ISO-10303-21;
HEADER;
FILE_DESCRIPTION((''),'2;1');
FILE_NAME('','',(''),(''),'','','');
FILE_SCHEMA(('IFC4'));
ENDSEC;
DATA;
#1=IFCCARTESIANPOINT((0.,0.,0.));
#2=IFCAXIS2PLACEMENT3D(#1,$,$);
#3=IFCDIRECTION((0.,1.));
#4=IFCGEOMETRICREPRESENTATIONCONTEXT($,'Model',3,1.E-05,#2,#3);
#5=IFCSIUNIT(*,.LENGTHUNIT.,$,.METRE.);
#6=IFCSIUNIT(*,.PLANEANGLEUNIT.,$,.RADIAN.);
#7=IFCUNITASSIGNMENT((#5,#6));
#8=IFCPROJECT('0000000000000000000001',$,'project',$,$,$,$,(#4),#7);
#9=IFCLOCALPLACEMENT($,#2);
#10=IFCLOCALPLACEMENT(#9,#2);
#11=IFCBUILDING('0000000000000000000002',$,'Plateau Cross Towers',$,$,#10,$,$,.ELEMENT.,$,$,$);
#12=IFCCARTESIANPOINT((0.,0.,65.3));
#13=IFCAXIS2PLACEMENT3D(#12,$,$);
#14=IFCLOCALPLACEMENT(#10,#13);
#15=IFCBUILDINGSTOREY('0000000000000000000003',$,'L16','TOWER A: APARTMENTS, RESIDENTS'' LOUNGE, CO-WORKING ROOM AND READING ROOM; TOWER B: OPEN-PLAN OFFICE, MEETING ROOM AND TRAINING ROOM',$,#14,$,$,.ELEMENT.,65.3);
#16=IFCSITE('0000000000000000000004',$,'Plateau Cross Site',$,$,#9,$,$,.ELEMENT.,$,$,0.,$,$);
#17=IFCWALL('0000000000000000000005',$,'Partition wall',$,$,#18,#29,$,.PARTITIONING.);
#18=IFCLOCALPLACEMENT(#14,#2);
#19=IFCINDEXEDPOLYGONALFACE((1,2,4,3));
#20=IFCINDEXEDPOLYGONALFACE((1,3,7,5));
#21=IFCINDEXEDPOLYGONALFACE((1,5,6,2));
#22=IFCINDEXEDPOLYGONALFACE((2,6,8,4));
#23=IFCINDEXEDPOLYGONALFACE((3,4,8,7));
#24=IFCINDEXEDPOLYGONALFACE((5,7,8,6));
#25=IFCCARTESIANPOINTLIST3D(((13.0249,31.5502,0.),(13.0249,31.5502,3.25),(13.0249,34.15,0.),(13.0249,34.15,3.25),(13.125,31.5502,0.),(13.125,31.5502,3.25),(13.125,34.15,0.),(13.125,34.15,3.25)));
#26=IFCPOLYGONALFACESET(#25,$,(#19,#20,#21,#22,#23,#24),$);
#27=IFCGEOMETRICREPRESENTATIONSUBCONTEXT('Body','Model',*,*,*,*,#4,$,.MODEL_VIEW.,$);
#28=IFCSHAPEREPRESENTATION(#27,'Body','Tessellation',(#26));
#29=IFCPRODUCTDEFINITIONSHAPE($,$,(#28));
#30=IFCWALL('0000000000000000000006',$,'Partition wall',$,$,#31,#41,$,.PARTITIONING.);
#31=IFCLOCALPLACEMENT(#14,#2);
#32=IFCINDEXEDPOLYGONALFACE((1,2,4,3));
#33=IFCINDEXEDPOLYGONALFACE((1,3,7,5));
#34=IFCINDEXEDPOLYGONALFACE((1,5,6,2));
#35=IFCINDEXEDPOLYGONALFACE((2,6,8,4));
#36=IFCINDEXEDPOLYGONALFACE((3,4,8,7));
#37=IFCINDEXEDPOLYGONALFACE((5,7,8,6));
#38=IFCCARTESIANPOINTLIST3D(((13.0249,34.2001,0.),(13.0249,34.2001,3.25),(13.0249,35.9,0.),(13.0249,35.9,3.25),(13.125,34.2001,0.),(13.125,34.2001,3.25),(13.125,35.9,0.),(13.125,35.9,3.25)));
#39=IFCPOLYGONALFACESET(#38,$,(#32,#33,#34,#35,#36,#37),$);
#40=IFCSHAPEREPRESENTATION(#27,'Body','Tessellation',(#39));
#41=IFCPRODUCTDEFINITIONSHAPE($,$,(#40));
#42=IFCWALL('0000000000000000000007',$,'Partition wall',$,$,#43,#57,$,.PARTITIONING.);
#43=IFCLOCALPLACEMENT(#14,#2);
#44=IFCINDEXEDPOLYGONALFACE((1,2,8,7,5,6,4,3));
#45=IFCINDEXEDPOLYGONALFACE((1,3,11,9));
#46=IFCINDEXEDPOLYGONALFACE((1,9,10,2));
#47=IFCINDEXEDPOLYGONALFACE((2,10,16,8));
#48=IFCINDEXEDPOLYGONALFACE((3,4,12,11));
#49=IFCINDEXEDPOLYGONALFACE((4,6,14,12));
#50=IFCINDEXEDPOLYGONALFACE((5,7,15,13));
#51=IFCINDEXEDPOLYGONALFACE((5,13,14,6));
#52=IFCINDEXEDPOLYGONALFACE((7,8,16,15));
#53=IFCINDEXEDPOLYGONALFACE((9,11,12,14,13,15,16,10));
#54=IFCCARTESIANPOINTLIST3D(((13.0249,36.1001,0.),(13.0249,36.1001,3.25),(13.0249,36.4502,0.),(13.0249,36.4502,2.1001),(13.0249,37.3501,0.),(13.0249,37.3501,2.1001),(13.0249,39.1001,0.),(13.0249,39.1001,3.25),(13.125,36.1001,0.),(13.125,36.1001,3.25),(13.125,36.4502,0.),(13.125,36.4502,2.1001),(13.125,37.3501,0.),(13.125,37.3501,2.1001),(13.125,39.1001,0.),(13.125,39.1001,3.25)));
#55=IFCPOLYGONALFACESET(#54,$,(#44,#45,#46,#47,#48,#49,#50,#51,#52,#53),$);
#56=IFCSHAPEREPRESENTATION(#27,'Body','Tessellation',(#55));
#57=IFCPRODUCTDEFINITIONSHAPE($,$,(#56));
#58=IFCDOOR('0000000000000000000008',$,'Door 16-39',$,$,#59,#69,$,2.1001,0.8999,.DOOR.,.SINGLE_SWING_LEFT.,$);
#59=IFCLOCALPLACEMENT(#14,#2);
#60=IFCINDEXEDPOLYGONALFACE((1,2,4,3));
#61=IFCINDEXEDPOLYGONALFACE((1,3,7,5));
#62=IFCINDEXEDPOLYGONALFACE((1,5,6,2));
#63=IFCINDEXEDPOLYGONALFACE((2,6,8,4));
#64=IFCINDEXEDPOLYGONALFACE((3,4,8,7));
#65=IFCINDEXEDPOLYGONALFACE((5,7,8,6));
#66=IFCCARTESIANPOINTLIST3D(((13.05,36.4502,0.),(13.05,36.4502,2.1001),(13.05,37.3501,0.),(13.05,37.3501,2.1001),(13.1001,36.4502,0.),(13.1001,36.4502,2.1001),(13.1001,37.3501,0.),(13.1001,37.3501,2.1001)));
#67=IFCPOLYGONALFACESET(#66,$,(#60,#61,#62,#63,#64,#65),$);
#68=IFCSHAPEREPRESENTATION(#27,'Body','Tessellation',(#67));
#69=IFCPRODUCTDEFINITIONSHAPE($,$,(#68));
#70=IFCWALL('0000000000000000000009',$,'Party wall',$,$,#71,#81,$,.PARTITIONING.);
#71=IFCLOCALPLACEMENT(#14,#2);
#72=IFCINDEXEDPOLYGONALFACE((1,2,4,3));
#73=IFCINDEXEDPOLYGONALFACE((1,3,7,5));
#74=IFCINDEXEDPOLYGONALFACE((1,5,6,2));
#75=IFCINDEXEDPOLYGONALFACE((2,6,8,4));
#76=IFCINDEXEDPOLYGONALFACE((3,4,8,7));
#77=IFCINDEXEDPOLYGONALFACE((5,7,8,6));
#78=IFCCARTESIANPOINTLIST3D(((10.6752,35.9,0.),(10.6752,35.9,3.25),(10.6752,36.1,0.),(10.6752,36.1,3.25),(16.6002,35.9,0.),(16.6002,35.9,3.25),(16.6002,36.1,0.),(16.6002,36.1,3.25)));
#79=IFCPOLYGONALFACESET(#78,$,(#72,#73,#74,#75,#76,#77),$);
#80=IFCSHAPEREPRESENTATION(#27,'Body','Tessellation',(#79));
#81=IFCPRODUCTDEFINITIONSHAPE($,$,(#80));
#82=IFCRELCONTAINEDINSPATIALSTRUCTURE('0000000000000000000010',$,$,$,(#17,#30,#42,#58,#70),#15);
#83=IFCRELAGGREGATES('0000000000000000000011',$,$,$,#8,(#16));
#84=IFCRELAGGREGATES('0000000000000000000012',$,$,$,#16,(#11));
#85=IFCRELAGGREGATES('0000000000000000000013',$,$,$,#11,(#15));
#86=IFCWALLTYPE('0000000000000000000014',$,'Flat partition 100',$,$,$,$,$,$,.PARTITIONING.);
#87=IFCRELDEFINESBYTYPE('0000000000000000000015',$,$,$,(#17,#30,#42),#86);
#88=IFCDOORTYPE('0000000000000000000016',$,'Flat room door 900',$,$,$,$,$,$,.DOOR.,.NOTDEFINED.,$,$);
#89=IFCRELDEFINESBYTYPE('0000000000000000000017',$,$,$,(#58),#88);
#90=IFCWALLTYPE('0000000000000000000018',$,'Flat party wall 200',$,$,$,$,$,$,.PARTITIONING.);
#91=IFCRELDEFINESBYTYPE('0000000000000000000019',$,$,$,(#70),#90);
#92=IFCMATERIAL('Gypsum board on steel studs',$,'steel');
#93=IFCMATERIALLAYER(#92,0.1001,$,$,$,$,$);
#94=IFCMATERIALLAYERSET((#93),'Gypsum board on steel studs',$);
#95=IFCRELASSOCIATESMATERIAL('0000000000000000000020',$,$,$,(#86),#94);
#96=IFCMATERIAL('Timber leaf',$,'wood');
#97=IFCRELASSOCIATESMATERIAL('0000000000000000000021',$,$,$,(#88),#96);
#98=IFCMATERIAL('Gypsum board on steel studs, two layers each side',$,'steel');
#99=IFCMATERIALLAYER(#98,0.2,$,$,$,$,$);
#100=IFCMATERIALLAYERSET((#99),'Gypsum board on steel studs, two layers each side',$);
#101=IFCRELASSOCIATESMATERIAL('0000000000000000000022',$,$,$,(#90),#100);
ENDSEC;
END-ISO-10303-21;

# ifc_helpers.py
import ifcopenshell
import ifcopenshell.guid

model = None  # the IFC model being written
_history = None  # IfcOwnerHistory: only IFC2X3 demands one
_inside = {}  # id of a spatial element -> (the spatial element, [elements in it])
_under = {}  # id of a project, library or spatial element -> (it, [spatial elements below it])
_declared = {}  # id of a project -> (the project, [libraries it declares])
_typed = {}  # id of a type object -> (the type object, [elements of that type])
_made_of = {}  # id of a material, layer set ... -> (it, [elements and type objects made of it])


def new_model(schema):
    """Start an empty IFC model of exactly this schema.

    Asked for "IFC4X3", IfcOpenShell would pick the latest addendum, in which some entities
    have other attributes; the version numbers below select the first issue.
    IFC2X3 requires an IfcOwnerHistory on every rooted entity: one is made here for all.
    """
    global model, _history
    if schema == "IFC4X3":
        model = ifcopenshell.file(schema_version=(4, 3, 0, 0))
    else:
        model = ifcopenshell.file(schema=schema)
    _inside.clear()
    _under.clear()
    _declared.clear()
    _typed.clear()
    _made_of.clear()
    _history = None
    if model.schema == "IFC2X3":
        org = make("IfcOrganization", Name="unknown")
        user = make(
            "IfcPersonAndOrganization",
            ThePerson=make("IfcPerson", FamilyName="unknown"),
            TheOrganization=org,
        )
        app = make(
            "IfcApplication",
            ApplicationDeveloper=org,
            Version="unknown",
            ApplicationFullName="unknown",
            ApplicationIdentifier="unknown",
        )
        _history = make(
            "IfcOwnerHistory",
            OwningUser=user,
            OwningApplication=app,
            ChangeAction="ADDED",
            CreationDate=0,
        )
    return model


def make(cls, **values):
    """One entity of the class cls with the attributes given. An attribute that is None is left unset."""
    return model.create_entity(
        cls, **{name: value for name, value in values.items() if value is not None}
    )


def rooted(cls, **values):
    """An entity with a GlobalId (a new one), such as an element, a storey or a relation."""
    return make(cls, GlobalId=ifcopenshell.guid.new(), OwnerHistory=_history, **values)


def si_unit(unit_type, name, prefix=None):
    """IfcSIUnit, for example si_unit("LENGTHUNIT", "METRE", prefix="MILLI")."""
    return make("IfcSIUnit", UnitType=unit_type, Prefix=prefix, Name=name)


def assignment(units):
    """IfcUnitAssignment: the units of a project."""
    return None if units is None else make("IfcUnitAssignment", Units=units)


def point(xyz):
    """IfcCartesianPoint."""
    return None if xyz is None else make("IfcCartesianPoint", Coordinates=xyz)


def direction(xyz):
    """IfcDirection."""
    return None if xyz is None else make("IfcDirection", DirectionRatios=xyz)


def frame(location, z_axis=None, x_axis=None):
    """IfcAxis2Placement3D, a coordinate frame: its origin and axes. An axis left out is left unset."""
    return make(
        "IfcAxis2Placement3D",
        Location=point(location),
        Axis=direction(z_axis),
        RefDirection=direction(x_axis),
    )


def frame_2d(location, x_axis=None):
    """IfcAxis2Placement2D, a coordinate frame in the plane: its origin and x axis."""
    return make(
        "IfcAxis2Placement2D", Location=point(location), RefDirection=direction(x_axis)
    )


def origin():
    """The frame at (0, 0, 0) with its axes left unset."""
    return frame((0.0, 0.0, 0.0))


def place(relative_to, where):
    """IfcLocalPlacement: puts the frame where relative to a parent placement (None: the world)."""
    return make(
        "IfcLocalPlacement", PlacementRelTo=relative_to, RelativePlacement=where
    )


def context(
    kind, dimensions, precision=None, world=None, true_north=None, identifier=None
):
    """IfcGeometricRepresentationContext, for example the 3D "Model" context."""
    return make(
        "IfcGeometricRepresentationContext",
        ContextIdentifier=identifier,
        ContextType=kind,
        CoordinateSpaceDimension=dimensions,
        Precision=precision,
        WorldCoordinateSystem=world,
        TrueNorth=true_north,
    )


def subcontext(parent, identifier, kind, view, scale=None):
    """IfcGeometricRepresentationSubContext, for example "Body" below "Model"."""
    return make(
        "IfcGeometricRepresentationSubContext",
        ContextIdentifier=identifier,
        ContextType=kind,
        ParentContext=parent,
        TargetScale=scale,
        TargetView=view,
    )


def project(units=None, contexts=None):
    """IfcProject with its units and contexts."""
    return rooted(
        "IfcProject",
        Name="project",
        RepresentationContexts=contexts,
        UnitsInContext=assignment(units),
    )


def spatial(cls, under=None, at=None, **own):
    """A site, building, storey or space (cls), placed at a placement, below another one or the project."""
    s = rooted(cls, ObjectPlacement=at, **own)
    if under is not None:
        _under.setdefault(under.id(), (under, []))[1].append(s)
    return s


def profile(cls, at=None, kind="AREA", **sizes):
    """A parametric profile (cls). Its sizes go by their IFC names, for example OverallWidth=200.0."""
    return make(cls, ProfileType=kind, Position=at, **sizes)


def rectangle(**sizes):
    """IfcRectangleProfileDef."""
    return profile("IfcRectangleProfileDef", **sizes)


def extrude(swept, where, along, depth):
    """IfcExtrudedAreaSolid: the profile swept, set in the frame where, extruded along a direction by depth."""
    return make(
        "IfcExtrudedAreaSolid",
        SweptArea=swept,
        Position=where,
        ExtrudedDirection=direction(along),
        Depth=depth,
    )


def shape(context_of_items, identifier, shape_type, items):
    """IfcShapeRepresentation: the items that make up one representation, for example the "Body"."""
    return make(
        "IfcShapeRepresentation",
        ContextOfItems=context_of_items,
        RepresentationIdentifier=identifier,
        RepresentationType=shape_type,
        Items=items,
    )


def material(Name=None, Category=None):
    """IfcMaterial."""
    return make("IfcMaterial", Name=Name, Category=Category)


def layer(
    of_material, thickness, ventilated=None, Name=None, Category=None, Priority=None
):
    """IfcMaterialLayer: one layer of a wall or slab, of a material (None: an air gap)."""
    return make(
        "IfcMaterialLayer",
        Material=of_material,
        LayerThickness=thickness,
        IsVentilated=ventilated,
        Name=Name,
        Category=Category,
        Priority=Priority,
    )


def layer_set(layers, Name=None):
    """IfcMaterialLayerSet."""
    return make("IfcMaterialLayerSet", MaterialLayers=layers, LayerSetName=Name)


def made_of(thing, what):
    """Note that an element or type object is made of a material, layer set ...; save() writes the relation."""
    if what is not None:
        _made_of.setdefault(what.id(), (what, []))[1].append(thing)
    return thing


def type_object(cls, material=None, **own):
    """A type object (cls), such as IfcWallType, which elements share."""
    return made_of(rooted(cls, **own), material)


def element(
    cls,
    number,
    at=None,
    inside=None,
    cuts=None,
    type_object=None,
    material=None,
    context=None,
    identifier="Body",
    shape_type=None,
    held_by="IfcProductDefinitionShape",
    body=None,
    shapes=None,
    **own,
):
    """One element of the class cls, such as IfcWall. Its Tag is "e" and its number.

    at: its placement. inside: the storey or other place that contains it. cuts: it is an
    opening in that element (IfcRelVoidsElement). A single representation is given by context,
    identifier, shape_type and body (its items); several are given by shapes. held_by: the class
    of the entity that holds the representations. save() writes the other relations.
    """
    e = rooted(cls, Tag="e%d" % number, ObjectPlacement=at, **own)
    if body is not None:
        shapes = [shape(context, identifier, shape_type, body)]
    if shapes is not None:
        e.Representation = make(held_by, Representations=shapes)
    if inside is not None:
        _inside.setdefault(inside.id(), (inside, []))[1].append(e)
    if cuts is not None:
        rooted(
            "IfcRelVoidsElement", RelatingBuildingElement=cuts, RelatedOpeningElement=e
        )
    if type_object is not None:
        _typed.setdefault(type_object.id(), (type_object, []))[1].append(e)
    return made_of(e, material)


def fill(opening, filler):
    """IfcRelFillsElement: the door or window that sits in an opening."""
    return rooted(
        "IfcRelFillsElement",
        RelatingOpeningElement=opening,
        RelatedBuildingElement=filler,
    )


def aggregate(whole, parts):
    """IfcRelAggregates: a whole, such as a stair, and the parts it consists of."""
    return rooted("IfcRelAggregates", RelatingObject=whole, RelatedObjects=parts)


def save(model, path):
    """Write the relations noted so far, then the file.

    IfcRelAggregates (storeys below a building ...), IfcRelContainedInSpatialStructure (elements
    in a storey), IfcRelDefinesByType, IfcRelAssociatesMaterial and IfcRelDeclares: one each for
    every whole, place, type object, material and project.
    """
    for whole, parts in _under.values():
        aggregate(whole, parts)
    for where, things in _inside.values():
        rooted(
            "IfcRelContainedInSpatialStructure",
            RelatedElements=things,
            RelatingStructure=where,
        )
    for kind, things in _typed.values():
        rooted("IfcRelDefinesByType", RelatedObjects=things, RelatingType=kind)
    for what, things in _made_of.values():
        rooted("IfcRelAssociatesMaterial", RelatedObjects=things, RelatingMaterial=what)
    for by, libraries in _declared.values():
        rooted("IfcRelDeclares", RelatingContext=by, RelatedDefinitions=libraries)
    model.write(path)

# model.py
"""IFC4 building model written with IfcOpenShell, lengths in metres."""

from ifc_helpers import new_model, si_unit, direction, frame, frame_2d, origin, place, context, subcontext, project, spatial, rectangle, extrude, material, layer, layer_set, type_object, element, fill, save


model = new_model("IFC4")

# Units and contexts
model_context = context("Model", 3, precision=1e-05, world=origin(), true_north=direction((0.0, 1.0)))
body_context = subcontext(model_context, "Body", "Model", "MODEL_VIEW")
ifc_project = project(units=[si_unit("LENGTHUNIT", "METRE"), si_unit("PLANEANGLEUNIT", "RADIAN")], contexts=[model_context])

# Site, building, storey
site_placement = place(None, origin())
site = spatial("IfcSite", under=ifc_project, at=site_placement, Name="Plateau Cross Site", CompositionType="ELEMENT", RefElevation=0.0)
building_placement = place(site_placement, origin())
building = spatial("IfcBuilding", under=site, at=building_placement, Name="Plateau Cross Towers", CompositionType="ELEMENT")
storey_placement = place(building_placement, frame((0.0, 0.0, 65.3)))
storey = spatial("IfcBuildingStorey", under=building, at=storey_placement, Name="L16", Description="TOWER A: APARTMENTS, RESIDENTS' LOUNGE, CO-WORKING ROOM AND READING ROOM; TOWER B: OPEN-PLAN OFFICE, MEETING ROOM AND TRAINING ROOM", CompositionType="ELEMENT", Elevation=65.3)

# Shared definitions
ifc_material_1 = material(Name="Gypsum board on steel studs", Category="steel")
ifc_layer_1 = layer(ifc_material_1, 0.1001)
ifc_layer_set_1 = layer_set([ifc_layer_1], Name="Gypsum board on steel studs")
wall_type_1 = type_object("IfcWallType", Name="Flat partition 100", PredefinedType="PARTITIONING", material=ifc_layer_set_1)
ifc_material_2 = material(Name="Timber leaf", Category="wood")
door_type_1 = type_object("IfcDoorType", Name="Flat room door 900", OperationType="NOTDEFINED", PredefinedType="DOOR", material=ifc_material_2)

# Walls
wall_1_placement = place(storey_placement, frame((13.075, 34.1499, 0.0), z_axis=(0.0, 0.0, 1.0), x_axis=(0.0, -1.0, 0.0)))
element("IfcWall", 1, at=wall_1_placement, inside=storey, type_object=wall_type_1, Name="Partition wall", PredefinedType="PARTITIONING", context=body_context, shape_type="SweptSolid", body=[
    extrude(rectangle(XDim=2.5999, YDim=0.1001, at=frame_2d((1.2998, 0.0))), origin(), (0.0, 0.0, 1.0), 3.25),
])
wall_2_placement = place(storey_placement, frame((13.075, 34.2, 0.0), z_axis=(0.0, 0.0, 1.0), x_axis=(0.0, 1.0, 0.0)))
element("IfcWall", 2, at=wall_2_placement, inside=storey, type_object=wall_type_1, Name="Partition wall", PredefinedType="PARTITIONING", context=body_context, shape_type="SweptSolid", body=[
    extrude(rectangle(XDim=1.7, YDim=0.1001, at=frame_2d((0.8501, 0.0))), origin(), (0.0, 0.0, 1.0), 3.25),
])

# Wall, opening, door
wall_3_placement = place(storey_placement, frame((13.075, 36.1001, 0.0), z_axis=(0.0, 0.0, 1.0), x_axis=(0.0, 1.0, 0.0)))
wall_3 = element("IfcWall", 3, at=wall_3_placement, inside=storey, type_object=wall_type_1, Name="Partition wall", PredefinedType="PARTITIONING", context=body_context, shape_type="SweptSolid", body=[
    extrude(rectangle(XDim=3.0, YDim=0.1001, at=frame_2d((1.5, 0.0))), origin(), (0.0, 0.0, 1.0), 3.25),
])
opening_1_placement = place(wall_3_placement, frame((0.3501, 0.0, 0.0)))
opening_1 = element("IfcOpeningElement", 4, at=opening_1_placement, cuts=wall_3, PredefinedType="OPENING", context=body_context, shape_type="SweptSolid", body=[
    extrude(rectangle(XDim=0.8999, YDim=2.1001, at=frame_2d((0.45, 1.05))), frame((0.0, 0.0601, 0.0), z_axis=(0.0, -1.0, 0.0), x_axis=(1.0, 0.0, 0.0)), (0.0, 0.0, 1.0), 0.1201),
])
door_1_placement = place(opening_1_placement, origin())
door_1 = element("IfcDoor", 5, at=door_1_placement, inside=storey, type_object=door_type_1, Name="Door 16-39", OperationType="SINGLE_SWING_LEFT", OverallHeight=2.1001, OverallWidth=0.8999, PredefinedType="DOOR", context=body_context, shape_type="SweptSolid", body=[
    extrude(rectangle(XDim=0.8999, YDim=2.1001, at=frame_2d((0.45, 1.05))), frame((0.0, 0.0249, 0.0), z_axis=(0.0, -1.0, 0.0), x_axis=(1.0, 0.0, 0.0)), (0.0, 0.0, 1.0), 0.05),
])
fill(opening_1, door_1)

# Wall
ifc_material_3 = material(Name="Gypsum board on steel studs, two layers each side", Category="steel")
ifc_layer_2 = layer(ifc_material_3, 0.2)
ifc_layer_set_2 = layer_set([ifc_layer_2], Name="Gypsum board on steel studs, two layers each side")
wall_type_2 = type_object("IfcWallType", Name="Flat party wall 200", PredefinedType="PARTITIONING", material=ifc_layer_set_2)
wall_4_placement = place(storey_placement, frame((16.6001, 36.0, 0.0), z_axis=(0.0, 0.0, 1.0), x_axis=(-1.0, 0.0, 0.0)))
element("IfcWall", 6, at=wall_4_placement, inside=storey, type_object=wall_type_2, Name="Party wall", PredefinedType="PARTITIONING", context=body_context, shape_type="SweptSolid", body=[
    extrude(rectangle(XDim=5.925, YDim=0.2, at=frame_2d((2.9624, 0.0))), origin(), (0.0, 0.0, 1.0), 3.25),
])

save(model, "model.ifc")
